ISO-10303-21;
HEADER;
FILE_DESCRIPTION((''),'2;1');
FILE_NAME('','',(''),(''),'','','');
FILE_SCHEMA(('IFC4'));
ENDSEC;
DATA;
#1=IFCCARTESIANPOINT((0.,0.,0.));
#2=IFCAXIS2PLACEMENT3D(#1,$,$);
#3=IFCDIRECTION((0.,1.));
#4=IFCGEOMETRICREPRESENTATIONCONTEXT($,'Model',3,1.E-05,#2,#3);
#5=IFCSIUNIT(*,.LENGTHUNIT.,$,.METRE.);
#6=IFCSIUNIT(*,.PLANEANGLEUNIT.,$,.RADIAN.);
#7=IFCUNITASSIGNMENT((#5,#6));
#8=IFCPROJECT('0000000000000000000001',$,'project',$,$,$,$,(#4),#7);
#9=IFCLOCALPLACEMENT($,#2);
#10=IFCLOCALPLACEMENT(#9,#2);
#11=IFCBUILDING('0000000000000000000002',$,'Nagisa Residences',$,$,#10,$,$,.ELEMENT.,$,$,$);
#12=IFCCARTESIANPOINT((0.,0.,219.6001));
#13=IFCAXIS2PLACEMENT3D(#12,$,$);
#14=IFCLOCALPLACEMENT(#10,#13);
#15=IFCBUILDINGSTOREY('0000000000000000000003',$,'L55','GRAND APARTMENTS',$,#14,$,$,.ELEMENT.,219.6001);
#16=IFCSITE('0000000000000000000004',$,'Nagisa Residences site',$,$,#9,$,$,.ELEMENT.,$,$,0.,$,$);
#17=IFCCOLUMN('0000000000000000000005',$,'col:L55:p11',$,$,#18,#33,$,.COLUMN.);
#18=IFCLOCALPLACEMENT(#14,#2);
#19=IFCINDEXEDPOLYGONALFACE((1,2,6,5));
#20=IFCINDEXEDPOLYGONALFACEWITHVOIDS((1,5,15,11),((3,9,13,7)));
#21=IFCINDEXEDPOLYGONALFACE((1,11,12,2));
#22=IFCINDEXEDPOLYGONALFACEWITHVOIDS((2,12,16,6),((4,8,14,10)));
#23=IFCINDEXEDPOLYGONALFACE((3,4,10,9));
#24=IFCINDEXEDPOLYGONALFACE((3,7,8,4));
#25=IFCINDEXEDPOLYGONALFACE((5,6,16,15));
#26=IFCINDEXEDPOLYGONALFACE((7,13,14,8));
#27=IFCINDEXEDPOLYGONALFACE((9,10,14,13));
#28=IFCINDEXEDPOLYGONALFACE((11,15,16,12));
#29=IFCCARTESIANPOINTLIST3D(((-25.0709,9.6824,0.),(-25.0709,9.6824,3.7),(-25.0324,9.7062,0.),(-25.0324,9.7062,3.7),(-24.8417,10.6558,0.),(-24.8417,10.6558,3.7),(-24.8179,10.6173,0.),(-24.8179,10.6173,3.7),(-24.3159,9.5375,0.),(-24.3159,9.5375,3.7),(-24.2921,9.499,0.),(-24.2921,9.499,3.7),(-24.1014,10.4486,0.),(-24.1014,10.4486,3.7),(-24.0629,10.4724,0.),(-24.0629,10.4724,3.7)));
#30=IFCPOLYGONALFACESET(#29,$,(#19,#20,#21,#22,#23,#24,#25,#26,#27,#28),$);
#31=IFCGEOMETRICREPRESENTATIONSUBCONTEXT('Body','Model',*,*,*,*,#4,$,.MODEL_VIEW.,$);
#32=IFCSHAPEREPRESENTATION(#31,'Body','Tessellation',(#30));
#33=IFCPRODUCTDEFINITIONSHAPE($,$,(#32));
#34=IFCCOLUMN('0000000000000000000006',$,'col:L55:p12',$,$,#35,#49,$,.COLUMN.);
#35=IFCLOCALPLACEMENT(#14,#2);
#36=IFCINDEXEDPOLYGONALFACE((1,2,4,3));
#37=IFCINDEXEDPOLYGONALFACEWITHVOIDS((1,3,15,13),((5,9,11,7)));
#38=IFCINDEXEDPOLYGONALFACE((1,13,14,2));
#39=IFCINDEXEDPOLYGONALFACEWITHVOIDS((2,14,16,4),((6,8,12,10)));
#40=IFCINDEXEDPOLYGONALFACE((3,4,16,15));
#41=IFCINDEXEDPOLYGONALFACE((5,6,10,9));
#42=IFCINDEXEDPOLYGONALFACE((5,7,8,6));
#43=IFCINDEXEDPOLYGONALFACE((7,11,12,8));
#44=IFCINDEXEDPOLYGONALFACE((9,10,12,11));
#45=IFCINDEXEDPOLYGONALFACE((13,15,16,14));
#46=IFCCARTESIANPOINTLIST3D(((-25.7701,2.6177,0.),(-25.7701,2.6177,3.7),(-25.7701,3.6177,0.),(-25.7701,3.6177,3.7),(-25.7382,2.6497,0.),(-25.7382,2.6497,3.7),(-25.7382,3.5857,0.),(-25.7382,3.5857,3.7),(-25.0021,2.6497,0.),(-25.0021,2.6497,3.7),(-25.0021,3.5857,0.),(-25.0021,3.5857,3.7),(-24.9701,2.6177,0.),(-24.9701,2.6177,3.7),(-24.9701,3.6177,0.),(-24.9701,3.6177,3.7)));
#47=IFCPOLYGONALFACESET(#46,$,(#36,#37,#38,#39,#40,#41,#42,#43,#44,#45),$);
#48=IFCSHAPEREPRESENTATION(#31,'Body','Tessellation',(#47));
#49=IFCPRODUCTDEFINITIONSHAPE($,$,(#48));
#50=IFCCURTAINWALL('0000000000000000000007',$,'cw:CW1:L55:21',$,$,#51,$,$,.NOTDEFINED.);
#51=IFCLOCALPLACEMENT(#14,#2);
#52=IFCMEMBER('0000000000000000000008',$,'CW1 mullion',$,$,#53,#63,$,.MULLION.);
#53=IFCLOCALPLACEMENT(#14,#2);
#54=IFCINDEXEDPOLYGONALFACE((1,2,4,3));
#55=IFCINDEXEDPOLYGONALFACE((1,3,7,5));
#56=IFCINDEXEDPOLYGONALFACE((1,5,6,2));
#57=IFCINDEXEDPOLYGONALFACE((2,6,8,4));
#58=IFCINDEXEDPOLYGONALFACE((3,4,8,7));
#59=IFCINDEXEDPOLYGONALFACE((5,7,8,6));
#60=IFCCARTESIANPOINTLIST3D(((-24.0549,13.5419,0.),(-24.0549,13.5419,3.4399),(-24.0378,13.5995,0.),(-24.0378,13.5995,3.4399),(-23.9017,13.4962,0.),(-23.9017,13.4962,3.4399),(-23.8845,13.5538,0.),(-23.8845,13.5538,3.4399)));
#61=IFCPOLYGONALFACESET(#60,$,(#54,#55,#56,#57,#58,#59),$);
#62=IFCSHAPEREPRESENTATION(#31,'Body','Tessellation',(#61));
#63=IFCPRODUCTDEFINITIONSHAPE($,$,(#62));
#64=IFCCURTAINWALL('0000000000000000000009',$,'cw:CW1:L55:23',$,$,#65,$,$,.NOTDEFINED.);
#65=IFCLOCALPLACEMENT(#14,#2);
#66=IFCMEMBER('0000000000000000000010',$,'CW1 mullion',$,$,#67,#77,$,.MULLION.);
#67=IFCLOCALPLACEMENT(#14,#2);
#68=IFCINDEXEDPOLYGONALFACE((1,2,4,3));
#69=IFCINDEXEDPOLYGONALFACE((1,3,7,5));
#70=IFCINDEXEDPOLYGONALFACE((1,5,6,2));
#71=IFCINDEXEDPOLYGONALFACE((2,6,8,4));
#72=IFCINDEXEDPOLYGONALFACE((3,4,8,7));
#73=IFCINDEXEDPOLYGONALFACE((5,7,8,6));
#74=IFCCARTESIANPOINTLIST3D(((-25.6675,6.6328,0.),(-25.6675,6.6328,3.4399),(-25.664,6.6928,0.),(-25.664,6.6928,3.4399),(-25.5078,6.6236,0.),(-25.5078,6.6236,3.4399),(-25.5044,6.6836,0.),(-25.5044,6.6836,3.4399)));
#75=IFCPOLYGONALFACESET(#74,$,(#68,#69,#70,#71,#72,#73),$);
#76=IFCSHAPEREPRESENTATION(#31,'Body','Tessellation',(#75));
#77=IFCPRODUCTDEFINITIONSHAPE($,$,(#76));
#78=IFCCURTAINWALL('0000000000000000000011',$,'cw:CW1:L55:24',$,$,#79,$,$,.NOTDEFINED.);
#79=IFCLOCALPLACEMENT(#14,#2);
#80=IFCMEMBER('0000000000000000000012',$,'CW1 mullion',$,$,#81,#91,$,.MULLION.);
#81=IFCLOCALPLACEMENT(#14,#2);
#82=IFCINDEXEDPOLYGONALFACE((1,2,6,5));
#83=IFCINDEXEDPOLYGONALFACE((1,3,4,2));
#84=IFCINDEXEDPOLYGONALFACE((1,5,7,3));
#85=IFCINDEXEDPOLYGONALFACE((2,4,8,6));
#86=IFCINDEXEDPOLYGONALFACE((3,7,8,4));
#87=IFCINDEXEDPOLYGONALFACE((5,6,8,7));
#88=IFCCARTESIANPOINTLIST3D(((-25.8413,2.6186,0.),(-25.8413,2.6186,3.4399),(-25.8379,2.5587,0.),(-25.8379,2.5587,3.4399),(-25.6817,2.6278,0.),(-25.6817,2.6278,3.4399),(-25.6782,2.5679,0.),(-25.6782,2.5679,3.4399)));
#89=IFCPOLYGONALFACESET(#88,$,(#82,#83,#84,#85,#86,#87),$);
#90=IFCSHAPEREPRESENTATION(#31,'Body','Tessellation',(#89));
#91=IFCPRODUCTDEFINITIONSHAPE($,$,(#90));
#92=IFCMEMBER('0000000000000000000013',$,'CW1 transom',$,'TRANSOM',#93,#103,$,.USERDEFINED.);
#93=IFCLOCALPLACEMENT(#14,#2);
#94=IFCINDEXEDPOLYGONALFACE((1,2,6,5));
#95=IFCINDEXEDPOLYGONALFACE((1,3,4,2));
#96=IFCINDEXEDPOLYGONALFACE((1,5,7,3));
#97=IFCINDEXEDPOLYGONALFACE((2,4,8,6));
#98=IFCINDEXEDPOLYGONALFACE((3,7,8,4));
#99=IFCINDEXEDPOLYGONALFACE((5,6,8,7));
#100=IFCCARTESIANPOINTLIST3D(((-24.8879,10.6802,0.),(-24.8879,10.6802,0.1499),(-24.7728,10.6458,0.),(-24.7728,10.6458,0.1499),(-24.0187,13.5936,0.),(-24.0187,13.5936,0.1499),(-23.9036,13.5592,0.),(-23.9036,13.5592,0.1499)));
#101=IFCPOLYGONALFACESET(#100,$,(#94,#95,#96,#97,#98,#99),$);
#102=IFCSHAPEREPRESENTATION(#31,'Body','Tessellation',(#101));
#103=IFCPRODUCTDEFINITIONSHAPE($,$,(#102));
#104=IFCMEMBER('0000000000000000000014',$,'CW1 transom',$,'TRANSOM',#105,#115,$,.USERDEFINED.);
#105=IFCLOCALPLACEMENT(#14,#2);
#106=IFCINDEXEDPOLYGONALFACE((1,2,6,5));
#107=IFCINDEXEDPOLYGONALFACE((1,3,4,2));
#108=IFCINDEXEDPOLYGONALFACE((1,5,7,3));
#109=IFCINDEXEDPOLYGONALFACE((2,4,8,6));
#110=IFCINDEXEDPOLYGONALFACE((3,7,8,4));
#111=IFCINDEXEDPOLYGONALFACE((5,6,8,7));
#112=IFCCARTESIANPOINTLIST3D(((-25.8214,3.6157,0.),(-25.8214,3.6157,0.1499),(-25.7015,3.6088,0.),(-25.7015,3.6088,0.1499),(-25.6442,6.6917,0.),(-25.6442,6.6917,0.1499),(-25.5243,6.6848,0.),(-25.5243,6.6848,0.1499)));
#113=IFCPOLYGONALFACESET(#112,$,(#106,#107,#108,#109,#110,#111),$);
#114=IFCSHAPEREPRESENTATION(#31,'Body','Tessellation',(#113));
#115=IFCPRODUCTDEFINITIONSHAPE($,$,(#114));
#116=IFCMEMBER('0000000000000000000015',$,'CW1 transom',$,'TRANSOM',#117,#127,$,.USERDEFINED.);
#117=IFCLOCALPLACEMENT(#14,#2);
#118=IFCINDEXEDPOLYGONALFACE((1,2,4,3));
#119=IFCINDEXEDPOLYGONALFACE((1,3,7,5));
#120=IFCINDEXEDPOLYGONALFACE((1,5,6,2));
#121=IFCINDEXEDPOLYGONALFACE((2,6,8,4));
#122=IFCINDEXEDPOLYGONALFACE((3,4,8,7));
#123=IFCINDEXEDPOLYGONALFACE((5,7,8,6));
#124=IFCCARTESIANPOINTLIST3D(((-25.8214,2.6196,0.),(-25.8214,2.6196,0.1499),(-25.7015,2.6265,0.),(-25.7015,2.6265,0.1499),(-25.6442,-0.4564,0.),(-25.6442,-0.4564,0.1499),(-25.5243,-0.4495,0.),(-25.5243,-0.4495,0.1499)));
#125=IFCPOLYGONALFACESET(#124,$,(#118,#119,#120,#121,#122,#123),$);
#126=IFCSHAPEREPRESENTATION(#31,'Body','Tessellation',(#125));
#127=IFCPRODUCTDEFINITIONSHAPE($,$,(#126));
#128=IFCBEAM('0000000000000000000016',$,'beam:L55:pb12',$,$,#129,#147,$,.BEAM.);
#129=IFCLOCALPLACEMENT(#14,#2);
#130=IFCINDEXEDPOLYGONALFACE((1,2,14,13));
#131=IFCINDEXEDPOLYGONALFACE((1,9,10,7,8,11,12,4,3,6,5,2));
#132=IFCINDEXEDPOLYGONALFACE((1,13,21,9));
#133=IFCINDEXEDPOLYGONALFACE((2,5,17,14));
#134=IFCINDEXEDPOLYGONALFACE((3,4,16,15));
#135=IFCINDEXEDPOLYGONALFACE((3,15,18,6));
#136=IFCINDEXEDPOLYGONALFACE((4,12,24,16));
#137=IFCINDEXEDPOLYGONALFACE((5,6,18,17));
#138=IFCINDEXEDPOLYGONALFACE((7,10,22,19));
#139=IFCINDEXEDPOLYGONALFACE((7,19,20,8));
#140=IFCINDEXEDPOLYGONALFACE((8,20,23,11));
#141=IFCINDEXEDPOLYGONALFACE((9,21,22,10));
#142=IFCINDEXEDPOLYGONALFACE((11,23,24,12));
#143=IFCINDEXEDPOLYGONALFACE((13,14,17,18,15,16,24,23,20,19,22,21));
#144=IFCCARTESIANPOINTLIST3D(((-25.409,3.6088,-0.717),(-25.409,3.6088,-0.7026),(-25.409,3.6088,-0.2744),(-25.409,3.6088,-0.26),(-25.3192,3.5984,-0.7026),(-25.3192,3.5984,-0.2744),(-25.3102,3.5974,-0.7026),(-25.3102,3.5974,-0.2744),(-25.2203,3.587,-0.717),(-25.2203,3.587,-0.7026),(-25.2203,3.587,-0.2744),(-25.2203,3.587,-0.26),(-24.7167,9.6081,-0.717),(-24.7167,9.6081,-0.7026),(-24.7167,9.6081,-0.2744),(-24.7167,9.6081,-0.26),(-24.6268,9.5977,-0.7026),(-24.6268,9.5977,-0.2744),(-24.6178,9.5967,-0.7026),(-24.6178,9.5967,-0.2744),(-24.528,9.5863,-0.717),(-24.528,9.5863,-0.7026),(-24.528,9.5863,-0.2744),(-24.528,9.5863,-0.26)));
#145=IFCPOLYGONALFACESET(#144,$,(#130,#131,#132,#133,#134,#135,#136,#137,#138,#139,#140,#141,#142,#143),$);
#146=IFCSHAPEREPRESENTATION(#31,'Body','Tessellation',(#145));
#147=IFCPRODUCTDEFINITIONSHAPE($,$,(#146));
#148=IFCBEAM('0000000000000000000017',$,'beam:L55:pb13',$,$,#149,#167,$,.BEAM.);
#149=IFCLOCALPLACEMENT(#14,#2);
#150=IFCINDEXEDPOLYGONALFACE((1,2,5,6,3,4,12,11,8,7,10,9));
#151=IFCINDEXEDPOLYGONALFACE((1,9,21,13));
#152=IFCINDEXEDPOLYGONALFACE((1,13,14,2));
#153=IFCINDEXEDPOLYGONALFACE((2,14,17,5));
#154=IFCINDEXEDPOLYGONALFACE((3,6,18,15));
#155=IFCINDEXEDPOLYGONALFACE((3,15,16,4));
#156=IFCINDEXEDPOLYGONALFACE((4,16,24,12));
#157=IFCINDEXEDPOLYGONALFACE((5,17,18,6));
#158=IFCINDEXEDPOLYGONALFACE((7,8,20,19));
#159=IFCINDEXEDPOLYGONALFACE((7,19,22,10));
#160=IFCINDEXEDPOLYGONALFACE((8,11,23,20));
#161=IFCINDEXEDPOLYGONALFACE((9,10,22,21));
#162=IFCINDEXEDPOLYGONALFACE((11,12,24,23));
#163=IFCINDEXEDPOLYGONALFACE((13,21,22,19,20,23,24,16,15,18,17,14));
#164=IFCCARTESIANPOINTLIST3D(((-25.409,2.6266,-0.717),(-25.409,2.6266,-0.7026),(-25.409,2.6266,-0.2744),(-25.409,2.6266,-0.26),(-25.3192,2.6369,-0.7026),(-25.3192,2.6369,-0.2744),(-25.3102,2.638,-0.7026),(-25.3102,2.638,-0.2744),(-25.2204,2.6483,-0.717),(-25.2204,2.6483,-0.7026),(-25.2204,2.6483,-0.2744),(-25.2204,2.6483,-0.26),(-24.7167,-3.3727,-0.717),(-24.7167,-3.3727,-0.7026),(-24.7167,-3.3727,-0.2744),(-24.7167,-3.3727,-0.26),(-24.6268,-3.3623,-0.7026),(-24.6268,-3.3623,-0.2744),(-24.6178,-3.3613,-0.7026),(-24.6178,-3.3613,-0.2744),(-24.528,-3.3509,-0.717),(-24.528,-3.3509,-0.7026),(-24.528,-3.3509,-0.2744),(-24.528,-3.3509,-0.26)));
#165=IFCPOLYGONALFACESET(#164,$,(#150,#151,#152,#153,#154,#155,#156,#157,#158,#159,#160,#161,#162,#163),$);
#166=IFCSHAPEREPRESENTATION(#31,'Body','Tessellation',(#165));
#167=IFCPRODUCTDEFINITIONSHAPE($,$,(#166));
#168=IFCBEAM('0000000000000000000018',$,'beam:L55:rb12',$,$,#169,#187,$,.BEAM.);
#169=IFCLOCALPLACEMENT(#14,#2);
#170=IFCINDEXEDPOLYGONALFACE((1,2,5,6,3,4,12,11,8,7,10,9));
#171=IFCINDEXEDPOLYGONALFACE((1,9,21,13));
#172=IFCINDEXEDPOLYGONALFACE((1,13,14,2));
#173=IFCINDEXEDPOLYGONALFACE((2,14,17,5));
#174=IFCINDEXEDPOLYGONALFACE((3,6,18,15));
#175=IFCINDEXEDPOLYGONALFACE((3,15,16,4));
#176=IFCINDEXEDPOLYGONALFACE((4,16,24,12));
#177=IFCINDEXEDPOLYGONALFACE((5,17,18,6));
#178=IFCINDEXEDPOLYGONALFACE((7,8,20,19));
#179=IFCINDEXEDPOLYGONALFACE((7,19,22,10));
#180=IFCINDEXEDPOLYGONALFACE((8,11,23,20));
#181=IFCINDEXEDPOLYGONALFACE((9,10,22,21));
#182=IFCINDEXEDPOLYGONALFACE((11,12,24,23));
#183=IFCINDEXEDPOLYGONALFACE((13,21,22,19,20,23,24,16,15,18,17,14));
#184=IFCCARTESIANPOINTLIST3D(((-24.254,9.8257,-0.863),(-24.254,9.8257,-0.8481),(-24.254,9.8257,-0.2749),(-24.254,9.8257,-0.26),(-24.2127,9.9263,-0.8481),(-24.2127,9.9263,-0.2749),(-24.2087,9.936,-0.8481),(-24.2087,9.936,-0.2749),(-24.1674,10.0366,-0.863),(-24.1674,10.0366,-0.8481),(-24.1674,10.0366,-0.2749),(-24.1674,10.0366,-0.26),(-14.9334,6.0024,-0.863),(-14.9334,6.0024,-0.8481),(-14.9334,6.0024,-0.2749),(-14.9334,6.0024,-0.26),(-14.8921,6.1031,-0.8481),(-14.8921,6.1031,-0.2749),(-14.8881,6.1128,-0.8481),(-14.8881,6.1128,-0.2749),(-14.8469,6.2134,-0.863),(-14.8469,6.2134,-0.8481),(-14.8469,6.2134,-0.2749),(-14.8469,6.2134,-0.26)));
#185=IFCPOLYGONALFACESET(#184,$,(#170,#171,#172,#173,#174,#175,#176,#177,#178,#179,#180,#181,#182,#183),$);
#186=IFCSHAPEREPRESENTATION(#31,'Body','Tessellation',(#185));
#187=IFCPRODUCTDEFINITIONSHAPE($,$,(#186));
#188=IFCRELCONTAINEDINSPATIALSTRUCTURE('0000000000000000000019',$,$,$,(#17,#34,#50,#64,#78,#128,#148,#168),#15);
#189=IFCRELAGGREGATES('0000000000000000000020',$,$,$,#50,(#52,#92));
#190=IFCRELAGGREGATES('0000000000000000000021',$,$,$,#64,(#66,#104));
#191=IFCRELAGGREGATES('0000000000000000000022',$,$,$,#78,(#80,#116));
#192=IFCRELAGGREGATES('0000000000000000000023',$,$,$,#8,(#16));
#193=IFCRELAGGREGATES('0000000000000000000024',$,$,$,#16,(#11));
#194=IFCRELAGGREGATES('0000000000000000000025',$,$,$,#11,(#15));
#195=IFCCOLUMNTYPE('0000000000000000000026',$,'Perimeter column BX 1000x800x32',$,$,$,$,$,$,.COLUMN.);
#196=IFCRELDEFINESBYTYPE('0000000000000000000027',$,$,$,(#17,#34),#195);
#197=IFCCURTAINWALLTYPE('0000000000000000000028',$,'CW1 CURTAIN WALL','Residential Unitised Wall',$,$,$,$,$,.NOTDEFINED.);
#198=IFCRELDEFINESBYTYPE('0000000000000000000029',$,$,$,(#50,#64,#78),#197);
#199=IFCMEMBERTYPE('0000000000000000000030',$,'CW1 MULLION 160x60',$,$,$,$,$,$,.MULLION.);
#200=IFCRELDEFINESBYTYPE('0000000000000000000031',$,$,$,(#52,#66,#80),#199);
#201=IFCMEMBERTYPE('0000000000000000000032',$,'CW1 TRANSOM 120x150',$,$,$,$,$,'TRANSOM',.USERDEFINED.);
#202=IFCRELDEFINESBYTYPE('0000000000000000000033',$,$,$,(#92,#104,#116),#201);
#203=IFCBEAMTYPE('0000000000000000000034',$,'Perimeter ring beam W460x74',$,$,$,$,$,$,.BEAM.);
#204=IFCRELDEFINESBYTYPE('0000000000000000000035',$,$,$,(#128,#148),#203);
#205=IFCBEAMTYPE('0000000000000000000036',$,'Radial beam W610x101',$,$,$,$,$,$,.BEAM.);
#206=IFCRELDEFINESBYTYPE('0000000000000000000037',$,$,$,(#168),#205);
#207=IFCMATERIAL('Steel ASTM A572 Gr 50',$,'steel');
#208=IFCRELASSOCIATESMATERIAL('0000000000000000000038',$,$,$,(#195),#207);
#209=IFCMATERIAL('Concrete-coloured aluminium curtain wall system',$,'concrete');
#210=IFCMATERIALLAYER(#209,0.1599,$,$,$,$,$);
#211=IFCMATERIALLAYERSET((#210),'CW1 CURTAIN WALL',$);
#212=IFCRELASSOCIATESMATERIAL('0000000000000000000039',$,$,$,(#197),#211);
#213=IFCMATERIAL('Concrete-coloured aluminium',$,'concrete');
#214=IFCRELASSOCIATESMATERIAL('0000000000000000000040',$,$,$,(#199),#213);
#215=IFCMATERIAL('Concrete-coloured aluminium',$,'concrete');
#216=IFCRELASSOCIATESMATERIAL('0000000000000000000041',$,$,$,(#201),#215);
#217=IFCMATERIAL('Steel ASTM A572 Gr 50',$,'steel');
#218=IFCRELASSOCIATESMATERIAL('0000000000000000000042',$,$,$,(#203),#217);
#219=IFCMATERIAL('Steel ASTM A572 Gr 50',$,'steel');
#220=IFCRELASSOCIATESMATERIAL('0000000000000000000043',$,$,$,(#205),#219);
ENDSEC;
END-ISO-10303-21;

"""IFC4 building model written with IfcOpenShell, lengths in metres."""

from ifc_helpers import new_model, si_unit, direction, frame, origin, origin_2d, place, context, subcontext, project, spatial, rectangle, hollow_rectangle, i_section, extrude, material, layer, layer_set, material_profile, profile_set, type_object, element, aggregate, save


model = new_model("IFC4")

# Units and contexts
model_context = context("Model", 3, precision=1e-05, world=origin(), true_north=direction((0.0, 1.0)))
body_context = subcontext(model_context, "Body", "Model", "MODEL_VIEW")
ifc_project = project(units=[si_unit("LENGTHUNIT", "METRE"), si_unit("PLANEANGLEUNIT", "RADIAN")], contexts=[model_context])

# Site, building, storey
site_placement = place(None, origin())
site = spatial("IfcSite", under=ifc_project, at=site_placement, Name="Nagisa Residences site", CompositionType="ELEMENT", RefElevation=0.0)
building_placement = place(site_placement, origin())
building = spatial("IfcBuilding", under=site, at=building_placement, Name="Nagisa Residences", CompositionType="ELEMENT")
storey_placement = place(building_placement, frame((0.0, 0.0, 219.6001)))
storey = spatial("IfcBuildingStorey", under=building, at=storey_placement, Name="L55", Description="GRAND APARTMENTS", CompositionType="ELEMENT", Elevation=219.6001)

# Columns
ifc_material_1 = material(Name="Steel ASTM A572 Gr 50", Category="steel")
ifc_material_profile_1 = material_profile(ifc_material_1, hollow_rectangle(XDim=1.0, YDim=0.8, WallThickness=0.032, at=origin_2d()), Name="BX 1000x800x32")
ifc_profile_set_1 = profile_set([ifc_material_profile_1], Name="Steel ASTM A572 Gr 50")
column_type = type_object("IfcColumnType", Name="Perimeter column BX 1000x800x32", PredefinedType="COLUMN", material=ifc_profile_set_1)
for number, where, z_axis, x_axis, name in (
    (1, (-24.5669, 10.0774, 0.0), (0.0, 0.0, 1.0), (-0.229202, -0.973379, 0.0), "col:L55:p11"),
    (2, (-25.3701, 3.1177, 0.0), (0.0, 0.0, 1.0), (0.0, -1.0, 0.0), "col:L55:p12"),
):
    element("IfcColumn", number, at=place(storey_placement, frame(where, z_axis=z_axis, x_axis=x_axis)), inside=storey, type_object=column_type, Name=name, PredefinedType="COLUMN", context=body_context, shape_type="SweptSolid", body=[
        extrude(hollow_rectangle(XDim=1.0, YDim=0.8, WallThickness=0.032, at=origin_2d()), origin(), (0.0, 0.0, 1.0), 3.7),
    ])

# Curtain walls, members
ifc_material_2 = material(Name="Concrete-coloured aluminium curtain wall system", Category="concrete")
ifc_layer_1 = layer(ifc_material_2, 0.1599)
ifc_layer_set_1 = layer_set([ifc_layer_1], Name="CW1 CURTAIN WALL")
curtain_wall_type = type_object("IfcCurtainWallType", Name="CW1 CURTAIN WALL", Description="Residential Unitised Wall", PredefinedType="NOTDEFINED", material=ifc_layer_set_1)
curtain_wall_1_placement = place(storey_placement, origin())
curtain_wall_1 = element("IfcCurtainWall", 3, at=curtain_wall_1_placement, inside=storey, type_object=curtain_wall_type, Name="cw:CW1:L55:21", PredefinedType="NOTDEFINED")
ifc_material_3 = material(Name="Concrete-coloured aluminium", Category="concrete")
ifc_material_profile_2 = material_profile(ifc_material_3, rectangle(XDim=0.1599, YDim=0.0601, at=origin_2d()), Name="CW1 MULLION 160x60")
ifc_profile_set_2 = profile_set([ifc_material_profile_2], Name="Concrete-coloured aluminium")
member_type_1 = type_object("IfcMemberType", Name="CW1 MULLION 160x60", PredefinedType="MULLION", material=ifc_profile_set_2)
member_1_placement = place(storey_placement, frame((-23.9697, 13.5479, 0.0), z_axis=(0.0, 0.0, 1.0), x_axis=(0.958271, -0.28586, 0.0)))
member_1 = element("IfcMember", 4, at=member_1_placement, type_object=member_type_1, Name="CW1 mullion", PredefinedType="MULLION", context=body_context, shape_type="SweptSolid", body=[
    extrude(rectangle(XDim=0.1599, YDim=0.0601, at=origin_2d()), origin(), (0.0, 0.0, 1.0), 3.4399),
])
curtain_wall_2_placement = place(storey_placement, origin())
curtain_wall_2 = element("IfcCurtainWall", 5, at=curtain_wall_2_placement, inside=storey, type_object=curtain_wall_type, Name="cw:CW1:L55:23", PredefinedType="NOTDEFINED")
member_2_placement = place(storey_placement, frame((-25.5859, 6.6582, 0.0), z_axis=(0.0, 0.0, 1.0), x_axis=(0.998345, -0.057503, 0.0)))
member_2 = element("IfcMember", 6, at=member_2_placement, type_object=member_type_1, Name="CW1 mullion", PredefinedType="MULLION", context=body_context, shape_type="SweptSolid", body=[
    extrude(rectangle(XDim=0.1599, YDim=0.0601, at=origin_2d()), origin(), (0.0, 0.0, 1.0), 3.4399),
])
curtain_wall_3_placement = place(storey_placement, origin())
curtain_wall_3 = element("IfcCurtainWall", 7, at=curtain_wall_3_placement, inside=storey, type_object=curtain_wall_type, Name="cw:CW1:L55:24", PredefinedType="NOTDEFINED")
member_3_placement = place(storey_placement, frame((-25.7598, 2.5933, 0.0), z_axis=(0.0, 0.0, 1.0), x_axis=(0.998345, 0.057503, 0.0)))
member_3 = element("IfcMember", 8, at=member_3_placement, type_object=member_type_1, Name="CW1 mullion", PredefinedType="MULLION", context=body_context, shape_type="SweptSolid", body=[
    extrude(rectangle(XDim=0.1599, YDim=0.0601, at=origin_2d()), origin(), (0.0, 0.0, 1.0), 3.4399),
])

# Members
ifc_material_4 = material(Name="Concrete-coloured aluminium", Category="concrete")
ifc_material_profile_3 = material_profile(ifc_material_4, rectangle(XDim=0.1201, YDim=0.1499, at=origin_2d()), Name="CW1 TRANSOM 120x150")
ifc_profile_set_3 = profile_set([ifc_material_profile_3], Name="Concrete-coloured aluminium")
member_type_2 = type_object("IfcMemberType", Name="CW1 TRANSOM 120x150", ElementType="TRANSOM", PredefinedType="USERDEFINED", material=ifc_profile_set_3)
member_4_placement = place(storey_placement, frame((-23.9612, 13.5764, 0.075), z_axis=(-0.285881, -0.958265, 0.0), x_axis=(0.958265, -0.285881, 0.0)))
member_4 = element("IfcMember", 9, at=member_4_placement, type_object=member_type_2, Name="CW1 transom", ObjectType="TRANSOM", PredefinedType="USERDEFINED", context=body_context, shape_type="SweptSolid", body=[
    extrude(rectangle(XDim=0.1201, YDim=0.1499, at=origin_2d()), origin(), (0.0, 0.0, 1.0), 3.0403),
])
member_5_placement = place(storey_placement, frame((-25.5842, 6.6882, 0.075), z_axis=(-0.057528, -0.998344, 0.0), x_axis=(0.998344, -0.057528, 0.0)))
member_5 = element("IfcMember", 10, at=member_5_placement, type_object=member_type_2, Name="CW1 transom", ObjectType="TRANSOM", PredefinedType="USERDEFINED", context=body_context, shape_type="SweptSolid", body=[
    extrude(rectangle(XDim=0.1201, YDim=0.1499, at=origin_2d()), origin(), (0.0, 0.0, 1.0), 3.0811),
])
member_6_placement = place(storey_placement, frame((-25.7615, 2.623, 0.075), z_axis=(0.057528, -0.998344, 0.0), x_axis=(0.998344, 0.057528, 0.0)))
member_6 = element("IfcMember", 11, at=member_6_placement, type_object=member_type_2, Name="CW1 transom", ObjectType="TRANSOM", PredefinedType="USERDEFINED", context=body_context, shape_type="SweptSolid", body=[
    extrude(rectangle(XDim=0.1201, YDim=0.1499, at=origin_2d()), origin(), (0.0, 0.0, 1.0), 3.0811),
])

# Beams
ifc_material_5 = material(Name="Steel ASTM A572 Gr 50", Category="steel")
ifc_material_profile_4 = material_profile(ifc_material_5, i_section(OverallWidth=0.1899, OverallDepth=0.457, WebThickness=0.009, FlangeThickness=0.0144, at=origin_2d()), Name="W460x74")
ifc_profile_set_4 = profile_set([ifc_material_profile_4], Name="Steel ASTM A572 Gr 50")
beam_type_1 = type_object("IfcBeamType", Name="Perimeter ring beam W460x74", PredefinedType="BEAM", material=ifc_profile_set_4)
for number, where, z_axis, x_axis, name in (
    (12, (-24.6223, 9.5972, -0.4885), (-0.11465, -0.993406, 0.0), (0.993406, -0.11465, 0.0), "beam:L55:pb12"),
    (13, (-25.3147, 2.6375, -0.4885), (0.11465, -0.993406, 0.0), (0.993406, 0.11465, 0.0), "beam:L55:pb13"),
):
    element("IfcBeam", number, at=place(storey_placement, frame(where, z_axis=z_axis, x_axis=x_axis)), inside=storey, type_object=beam_type_1, Name=name, PredefinedType="BEAM", context=body_context, shape_type="SweptSolid", body=[
        extrude(i_section(OverallWidth=0.1899, OverallDepth=0.457, WebThickness=0.009, FlangeThickness=0.0144, at=origin_2d()), origin(), (0.0, 0.0, 1.0), 6.0391),
    ])
ifc_material_6 = material(Name="Steel ASTM A572 Gr 50", Category="steel")
ifc_material_profile_5 = material_profile(ifc_material_6, i_section(OverallWidth=0.228, OverallDepth=0.603, WebThickness=0.0105, FlangeThickness=0.0149, at=origin_2d()), Name="W610x101")
ifc_profile_set_5 = profile_set([ifc_material_profile_5], Name="Steel ASTM A572 Gr 50")
beam_type_2 = type_object("IfcBeamType", Name="Radial beam W610x101", PredefinedType="BEAM", material=ifc_profile_set_5)
beam_1_placement = place(storey_placement, frame((-24.2107, 9.9312, -0.5615), z_axis=(0.925189, -0.379507, 0.0), x_axis=(0.379507, 0.925189, 0.0)))
element("IfcBeam", 14, at=beam_1_placement, inside=storey, type_object=beam_type_2, Name="beam:L55:rb12", PredefinedType="BEAM", context=body_context, shape_type="SweptSolid", body=[
    extrude(i_section(OverallWidth=0.228, OverallDepth=0.603, WebThickness=0.0105, FlangeThickness=0.0149, at=origin_2d()), origin(), (0.0, 0.0, 1.0), 10.0742),
])

aggregate(curtain_wall_1, [member_1, member_4])
aggregate(curtain_wall_2, [member_2, member_5])
aggregate(curtain_wall_3, [member_3, member_6])

save(model, "model.ifc")
